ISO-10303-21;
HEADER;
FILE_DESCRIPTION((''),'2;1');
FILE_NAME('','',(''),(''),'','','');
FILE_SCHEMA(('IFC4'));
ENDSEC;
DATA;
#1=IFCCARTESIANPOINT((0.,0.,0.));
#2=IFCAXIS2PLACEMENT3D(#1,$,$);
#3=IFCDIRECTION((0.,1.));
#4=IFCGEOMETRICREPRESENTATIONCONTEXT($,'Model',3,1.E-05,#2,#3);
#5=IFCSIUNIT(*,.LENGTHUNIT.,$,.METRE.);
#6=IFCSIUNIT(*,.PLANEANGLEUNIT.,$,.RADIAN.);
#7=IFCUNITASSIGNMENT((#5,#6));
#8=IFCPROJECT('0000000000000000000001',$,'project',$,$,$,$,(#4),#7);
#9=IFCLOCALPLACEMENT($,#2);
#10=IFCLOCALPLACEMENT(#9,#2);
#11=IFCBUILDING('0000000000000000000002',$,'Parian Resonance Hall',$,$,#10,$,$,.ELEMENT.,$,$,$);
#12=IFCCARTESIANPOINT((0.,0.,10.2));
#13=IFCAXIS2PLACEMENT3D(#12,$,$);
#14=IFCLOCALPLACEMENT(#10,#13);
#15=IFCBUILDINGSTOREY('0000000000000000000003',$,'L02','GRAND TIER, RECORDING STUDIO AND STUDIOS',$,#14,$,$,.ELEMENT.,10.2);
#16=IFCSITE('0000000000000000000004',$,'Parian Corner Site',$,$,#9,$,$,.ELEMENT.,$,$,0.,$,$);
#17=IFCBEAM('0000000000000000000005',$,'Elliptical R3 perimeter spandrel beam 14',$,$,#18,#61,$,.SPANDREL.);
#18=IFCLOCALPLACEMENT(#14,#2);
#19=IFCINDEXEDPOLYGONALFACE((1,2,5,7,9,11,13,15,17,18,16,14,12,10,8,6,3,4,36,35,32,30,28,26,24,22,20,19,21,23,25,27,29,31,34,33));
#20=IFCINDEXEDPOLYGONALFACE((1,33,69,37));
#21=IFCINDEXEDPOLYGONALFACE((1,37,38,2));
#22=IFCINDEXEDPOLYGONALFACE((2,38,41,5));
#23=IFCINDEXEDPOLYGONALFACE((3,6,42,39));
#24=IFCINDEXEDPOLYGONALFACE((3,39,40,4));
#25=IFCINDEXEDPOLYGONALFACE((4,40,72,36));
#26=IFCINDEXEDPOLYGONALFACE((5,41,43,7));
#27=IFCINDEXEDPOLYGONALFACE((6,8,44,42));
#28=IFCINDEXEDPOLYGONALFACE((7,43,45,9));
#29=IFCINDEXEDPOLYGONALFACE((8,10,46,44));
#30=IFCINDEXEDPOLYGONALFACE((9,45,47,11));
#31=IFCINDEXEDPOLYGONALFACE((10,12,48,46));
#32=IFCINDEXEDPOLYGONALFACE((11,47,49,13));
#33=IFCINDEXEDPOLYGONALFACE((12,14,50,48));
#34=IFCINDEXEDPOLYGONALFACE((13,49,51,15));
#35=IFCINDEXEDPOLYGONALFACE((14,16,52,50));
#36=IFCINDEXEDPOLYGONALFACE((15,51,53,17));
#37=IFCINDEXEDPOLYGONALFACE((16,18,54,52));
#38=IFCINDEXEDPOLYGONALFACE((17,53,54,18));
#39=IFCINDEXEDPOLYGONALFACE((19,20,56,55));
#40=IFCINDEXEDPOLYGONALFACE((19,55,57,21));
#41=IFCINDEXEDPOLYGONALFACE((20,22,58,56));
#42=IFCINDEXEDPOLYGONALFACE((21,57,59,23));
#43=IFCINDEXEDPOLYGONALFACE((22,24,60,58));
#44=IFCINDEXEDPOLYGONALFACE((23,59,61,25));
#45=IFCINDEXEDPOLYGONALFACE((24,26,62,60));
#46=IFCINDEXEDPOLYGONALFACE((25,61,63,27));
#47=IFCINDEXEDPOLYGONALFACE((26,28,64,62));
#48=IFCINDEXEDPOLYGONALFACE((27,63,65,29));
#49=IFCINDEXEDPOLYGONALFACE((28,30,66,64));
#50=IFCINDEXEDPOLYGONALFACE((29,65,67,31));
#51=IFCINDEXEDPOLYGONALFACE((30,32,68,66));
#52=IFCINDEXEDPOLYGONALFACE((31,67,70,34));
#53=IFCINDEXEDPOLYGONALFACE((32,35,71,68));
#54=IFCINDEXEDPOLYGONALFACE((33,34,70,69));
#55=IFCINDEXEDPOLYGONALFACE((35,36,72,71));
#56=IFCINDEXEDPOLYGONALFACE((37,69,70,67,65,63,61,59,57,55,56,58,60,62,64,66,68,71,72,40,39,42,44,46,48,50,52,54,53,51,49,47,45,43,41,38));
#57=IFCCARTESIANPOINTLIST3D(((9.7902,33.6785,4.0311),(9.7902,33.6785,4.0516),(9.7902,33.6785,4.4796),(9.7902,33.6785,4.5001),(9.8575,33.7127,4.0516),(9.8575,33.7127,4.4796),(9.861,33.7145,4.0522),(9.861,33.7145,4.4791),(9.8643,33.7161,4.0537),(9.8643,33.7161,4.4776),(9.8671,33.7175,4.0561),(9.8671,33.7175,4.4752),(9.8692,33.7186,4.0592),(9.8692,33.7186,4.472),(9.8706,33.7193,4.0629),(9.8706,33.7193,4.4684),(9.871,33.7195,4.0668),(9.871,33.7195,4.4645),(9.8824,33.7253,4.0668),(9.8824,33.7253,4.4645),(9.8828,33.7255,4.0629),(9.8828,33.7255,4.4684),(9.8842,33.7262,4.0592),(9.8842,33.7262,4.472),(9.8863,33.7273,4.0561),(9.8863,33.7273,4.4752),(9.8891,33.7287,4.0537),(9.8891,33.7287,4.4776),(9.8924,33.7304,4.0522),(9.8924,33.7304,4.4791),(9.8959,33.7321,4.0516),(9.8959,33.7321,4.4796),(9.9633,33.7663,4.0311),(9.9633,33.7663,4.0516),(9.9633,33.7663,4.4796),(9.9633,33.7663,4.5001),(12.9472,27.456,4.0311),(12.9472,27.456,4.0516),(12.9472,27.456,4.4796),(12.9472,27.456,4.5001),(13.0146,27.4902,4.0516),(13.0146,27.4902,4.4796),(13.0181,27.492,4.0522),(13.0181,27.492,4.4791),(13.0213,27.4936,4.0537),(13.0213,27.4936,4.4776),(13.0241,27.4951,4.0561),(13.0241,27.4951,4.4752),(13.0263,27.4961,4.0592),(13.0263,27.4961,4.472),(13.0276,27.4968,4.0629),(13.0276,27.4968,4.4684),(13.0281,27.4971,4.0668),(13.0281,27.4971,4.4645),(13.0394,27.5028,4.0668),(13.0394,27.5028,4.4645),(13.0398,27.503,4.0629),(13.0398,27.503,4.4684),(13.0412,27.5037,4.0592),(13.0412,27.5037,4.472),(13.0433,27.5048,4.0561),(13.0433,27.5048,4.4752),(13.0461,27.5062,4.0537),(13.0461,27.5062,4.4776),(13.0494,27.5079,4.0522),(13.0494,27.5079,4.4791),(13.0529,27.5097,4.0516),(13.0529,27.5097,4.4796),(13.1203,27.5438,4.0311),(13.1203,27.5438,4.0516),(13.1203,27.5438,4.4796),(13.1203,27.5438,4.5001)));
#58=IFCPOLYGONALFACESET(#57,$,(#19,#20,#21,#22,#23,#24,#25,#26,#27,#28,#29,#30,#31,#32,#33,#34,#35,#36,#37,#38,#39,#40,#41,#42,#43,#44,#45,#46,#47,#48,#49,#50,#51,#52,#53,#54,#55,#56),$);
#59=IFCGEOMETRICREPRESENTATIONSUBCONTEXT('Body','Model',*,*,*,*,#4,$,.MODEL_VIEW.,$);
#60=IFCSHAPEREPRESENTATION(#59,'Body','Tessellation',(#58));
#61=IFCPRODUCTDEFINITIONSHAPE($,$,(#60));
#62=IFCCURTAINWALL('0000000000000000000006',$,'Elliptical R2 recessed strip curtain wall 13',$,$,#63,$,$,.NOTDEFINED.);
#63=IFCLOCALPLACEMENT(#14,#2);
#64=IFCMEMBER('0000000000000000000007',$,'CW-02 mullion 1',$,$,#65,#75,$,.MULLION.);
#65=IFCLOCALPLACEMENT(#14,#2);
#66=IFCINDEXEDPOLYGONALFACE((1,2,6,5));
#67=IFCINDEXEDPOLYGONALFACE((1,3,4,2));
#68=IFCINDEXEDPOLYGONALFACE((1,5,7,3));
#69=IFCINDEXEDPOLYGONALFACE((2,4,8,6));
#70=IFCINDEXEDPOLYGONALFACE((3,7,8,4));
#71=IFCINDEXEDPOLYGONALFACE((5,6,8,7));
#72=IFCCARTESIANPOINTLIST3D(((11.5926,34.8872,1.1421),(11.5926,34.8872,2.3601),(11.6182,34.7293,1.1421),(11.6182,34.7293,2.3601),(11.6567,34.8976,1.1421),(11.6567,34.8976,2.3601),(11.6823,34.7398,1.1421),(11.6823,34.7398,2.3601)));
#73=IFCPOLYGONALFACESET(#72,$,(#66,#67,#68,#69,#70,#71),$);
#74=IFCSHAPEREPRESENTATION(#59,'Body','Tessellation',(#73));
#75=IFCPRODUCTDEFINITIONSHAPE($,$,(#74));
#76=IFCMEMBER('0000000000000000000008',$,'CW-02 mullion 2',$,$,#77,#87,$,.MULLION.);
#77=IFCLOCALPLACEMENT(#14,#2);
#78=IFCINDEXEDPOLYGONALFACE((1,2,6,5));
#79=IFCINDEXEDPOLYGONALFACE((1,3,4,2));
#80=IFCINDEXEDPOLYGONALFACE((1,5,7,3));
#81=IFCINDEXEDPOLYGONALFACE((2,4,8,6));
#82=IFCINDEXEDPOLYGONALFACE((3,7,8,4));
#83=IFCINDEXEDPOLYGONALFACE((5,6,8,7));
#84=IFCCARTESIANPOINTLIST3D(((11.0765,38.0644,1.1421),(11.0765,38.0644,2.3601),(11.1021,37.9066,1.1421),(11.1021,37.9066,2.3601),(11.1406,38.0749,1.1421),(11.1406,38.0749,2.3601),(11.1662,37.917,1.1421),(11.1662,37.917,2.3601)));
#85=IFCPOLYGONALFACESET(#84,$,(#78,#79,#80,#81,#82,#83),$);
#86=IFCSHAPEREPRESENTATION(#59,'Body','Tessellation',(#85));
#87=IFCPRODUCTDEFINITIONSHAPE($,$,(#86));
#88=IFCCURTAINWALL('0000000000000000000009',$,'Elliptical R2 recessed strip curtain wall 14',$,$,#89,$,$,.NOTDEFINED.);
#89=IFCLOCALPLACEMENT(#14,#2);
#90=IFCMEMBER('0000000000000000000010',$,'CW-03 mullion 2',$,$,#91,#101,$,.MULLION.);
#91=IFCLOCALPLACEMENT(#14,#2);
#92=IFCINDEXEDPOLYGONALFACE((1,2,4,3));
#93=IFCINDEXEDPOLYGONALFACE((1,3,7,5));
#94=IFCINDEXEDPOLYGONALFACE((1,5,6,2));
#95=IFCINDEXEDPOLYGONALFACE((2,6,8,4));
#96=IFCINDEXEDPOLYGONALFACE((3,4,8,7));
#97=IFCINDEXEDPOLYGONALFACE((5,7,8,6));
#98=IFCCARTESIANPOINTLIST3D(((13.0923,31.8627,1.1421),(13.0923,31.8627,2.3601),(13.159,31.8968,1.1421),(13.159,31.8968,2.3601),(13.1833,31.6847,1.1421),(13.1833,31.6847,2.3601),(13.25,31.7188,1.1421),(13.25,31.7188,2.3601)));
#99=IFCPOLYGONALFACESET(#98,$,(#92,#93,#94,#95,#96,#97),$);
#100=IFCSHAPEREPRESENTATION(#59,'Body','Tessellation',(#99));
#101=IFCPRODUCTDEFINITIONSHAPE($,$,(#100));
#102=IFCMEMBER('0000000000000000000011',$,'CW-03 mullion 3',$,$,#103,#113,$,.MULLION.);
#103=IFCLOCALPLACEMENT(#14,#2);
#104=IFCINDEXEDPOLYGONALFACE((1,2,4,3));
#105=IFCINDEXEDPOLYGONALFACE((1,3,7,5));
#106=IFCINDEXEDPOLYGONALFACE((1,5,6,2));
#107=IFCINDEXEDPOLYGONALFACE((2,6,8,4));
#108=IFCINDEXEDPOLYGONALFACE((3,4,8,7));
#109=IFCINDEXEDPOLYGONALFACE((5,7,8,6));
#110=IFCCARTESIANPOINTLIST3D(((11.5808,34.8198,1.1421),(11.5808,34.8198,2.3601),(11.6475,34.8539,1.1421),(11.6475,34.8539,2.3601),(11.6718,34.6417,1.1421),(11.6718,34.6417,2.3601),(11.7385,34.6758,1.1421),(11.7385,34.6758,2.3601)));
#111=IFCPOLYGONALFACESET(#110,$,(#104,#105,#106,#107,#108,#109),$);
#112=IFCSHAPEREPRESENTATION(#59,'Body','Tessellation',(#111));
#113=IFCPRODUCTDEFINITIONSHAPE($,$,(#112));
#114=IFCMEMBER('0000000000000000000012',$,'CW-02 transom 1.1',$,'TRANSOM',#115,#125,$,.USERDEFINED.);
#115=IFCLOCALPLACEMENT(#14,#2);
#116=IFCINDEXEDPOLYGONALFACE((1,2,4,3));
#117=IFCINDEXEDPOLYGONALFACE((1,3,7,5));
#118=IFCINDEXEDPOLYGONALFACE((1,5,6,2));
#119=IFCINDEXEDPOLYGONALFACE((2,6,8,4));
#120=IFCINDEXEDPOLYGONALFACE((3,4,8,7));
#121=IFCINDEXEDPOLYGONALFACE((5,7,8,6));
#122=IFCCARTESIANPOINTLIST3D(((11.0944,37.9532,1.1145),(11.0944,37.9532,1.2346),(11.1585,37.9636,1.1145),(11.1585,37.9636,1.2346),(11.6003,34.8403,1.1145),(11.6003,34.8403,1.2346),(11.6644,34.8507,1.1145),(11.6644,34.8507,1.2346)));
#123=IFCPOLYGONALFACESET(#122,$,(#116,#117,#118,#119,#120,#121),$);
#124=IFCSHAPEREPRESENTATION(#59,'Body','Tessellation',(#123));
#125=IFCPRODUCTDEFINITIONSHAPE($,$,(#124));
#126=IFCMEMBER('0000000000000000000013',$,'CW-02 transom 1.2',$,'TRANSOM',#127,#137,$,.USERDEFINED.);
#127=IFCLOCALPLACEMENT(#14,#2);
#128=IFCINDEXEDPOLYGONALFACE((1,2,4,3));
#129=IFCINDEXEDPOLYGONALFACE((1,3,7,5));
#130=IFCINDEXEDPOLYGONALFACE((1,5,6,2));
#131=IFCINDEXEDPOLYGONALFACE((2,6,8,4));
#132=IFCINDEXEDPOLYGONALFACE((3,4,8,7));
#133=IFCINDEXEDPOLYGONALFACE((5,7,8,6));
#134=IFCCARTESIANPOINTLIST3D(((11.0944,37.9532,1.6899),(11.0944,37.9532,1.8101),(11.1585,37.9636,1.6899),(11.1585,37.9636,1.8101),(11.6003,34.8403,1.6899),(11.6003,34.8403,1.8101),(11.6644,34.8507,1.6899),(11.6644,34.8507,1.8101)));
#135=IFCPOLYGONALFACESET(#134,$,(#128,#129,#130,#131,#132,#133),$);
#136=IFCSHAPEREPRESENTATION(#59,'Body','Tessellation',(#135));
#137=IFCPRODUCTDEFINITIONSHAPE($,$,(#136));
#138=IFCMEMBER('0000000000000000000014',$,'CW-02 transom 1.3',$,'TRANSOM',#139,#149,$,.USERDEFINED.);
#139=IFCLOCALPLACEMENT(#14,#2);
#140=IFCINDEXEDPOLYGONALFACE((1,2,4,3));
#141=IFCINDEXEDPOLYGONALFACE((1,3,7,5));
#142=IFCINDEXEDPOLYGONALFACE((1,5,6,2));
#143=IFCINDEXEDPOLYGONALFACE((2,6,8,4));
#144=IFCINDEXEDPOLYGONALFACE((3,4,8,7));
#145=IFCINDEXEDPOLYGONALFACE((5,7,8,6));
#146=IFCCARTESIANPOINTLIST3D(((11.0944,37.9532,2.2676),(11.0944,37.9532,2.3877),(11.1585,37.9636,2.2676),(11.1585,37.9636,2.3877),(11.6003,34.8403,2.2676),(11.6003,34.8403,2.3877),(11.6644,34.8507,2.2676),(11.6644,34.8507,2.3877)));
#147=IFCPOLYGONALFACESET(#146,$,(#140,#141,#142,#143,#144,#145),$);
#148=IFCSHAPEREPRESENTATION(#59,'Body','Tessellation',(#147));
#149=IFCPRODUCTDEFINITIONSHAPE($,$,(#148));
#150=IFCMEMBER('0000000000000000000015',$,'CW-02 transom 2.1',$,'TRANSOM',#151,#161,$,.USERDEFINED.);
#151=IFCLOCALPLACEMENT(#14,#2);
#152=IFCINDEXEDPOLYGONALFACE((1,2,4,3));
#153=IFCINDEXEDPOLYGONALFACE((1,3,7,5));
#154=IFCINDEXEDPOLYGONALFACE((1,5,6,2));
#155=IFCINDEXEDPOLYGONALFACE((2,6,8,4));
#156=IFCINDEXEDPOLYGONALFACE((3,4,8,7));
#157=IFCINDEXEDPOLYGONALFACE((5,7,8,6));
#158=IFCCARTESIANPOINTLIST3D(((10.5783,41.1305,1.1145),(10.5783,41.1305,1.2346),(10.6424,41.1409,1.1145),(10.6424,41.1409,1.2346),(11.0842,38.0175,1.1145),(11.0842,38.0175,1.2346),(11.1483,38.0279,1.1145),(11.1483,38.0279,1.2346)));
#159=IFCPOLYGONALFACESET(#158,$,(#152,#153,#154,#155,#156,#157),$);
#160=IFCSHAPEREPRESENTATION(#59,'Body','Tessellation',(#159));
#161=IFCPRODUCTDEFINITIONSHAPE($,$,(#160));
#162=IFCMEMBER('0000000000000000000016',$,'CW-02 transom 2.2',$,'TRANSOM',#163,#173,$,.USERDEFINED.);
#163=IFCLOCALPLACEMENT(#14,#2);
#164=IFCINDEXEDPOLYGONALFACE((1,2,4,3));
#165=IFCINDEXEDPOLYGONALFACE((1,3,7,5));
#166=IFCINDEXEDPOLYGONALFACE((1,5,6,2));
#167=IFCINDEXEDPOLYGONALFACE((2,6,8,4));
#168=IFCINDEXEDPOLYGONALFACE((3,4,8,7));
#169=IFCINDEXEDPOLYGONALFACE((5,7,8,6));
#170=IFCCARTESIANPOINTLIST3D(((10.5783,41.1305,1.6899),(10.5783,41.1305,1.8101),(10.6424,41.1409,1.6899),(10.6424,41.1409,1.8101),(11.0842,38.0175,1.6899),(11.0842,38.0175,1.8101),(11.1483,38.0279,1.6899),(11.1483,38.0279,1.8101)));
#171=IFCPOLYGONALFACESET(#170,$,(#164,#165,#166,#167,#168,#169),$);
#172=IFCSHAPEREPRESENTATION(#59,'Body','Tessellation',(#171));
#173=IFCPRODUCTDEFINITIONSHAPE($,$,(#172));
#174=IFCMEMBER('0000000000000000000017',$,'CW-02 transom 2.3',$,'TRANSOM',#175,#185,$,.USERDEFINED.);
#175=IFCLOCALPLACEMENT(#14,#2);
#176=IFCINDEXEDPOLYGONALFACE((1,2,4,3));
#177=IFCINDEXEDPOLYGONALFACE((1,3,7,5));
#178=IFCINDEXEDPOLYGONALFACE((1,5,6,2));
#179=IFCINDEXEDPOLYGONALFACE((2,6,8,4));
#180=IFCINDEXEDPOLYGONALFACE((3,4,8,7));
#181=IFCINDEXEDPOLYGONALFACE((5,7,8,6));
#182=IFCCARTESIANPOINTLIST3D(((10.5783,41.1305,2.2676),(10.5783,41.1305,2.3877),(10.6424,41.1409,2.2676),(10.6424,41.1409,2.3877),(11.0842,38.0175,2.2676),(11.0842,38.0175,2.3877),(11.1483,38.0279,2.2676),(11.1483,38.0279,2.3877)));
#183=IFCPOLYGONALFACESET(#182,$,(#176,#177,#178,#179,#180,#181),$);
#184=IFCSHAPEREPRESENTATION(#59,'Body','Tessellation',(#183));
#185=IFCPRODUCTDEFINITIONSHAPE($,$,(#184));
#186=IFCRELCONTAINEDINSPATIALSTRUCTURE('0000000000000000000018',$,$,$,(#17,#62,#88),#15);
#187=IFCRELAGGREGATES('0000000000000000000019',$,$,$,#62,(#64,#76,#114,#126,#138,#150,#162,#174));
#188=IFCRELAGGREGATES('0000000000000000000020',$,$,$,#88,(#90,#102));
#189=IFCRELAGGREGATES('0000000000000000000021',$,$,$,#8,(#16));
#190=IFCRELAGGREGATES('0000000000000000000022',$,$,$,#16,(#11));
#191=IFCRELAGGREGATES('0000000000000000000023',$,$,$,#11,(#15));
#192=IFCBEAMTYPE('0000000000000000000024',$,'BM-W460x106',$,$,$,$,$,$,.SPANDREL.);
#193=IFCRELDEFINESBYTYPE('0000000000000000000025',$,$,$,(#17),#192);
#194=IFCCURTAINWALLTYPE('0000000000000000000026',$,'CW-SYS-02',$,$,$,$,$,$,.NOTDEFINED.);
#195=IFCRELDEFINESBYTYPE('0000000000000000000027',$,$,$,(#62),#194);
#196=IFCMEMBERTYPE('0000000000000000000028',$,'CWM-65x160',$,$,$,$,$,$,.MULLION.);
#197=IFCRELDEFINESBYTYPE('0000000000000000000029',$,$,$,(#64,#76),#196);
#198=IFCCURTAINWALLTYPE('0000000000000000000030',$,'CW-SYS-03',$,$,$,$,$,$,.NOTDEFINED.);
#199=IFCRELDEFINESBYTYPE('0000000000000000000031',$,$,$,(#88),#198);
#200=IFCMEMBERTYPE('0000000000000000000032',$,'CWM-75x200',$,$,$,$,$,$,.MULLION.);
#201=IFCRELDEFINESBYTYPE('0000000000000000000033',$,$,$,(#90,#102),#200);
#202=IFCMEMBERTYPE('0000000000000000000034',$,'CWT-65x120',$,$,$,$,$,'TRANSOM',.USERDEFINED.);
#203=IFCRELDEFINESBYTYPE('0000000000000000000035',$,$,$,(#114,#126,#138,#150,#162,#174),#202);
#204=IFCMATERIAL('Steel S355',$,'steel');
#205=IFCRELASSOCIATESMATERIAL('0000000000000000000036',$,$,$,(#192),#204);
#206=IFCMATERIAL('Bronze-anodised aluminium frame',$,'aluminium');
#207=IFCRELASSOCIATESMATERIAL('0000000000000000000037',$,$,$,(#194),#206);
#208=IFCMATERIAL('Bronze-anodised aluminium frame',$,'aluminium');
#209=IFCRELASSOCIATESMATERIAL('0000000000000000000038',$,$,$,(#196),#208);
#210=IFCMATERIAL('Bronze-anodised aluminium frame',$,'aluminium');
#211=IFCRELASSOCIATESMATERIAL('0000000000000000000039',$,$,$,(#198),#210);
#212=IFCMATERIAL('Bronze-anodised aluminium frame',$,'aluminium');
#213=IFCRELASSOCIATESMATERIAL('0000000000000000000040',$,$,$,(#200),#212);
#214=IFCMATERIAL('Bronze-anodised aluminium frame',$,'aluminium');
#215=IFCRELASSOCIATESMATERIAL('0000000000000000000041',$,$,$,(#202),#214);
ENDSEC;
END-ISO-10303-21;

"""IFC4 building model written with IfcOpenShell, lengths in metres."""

from ifc_helpers import new_model, si_unit, direction, frame, origin, origin_2d, place, context, subcontext, project, spatial, rectangle, i_section, extrude, material, material_profile, profile_set, type_object, element, aggregate, save


model = new_model("IFC4")

# Units and contexts
model_context = context("Model", 3, precision=1e-05, world=origin(), true_north=direction((0.0, 1.0)))
body_context = subcontext(model_context, "Body", "Model", "MODEL_VIEW")
ifc_project = project(units=[si_unit("LENGTHUNIT", "METRE"), si_unit("PLANEANGLEUNIT", "RADIAN")], contexts=[model_context])

# Site, building, storey
site_placement = place(None, origin())
site = spatial("IfcSite", under=ifc_project, at=site_placement, Name="Parian Corner Site", CompositionType="ELEMENT", RefElevation=0.0)
building_placement = place(site_placement, origin())
building = spatial("IfcBuilding", under=site, at=building_placement, Name="Parian Resonance Hall", CompositionType="ELEMENT")
storey_placement = place(building_placement, frame((0.0, 0.0, 10.2)))
storey = spatial("IfcBuildingStorey", under=building, at=storey_placement, Name="L02", Description="GRAND TIER, RECORDING STUDIO AND STUDIOS", CompositionType="ELEMENT", Elevation=10.2)

# Beam
ifc_material_1 = material(Name="Steel S355", Category="steel")
ifc_material_profile_1 = material_profile(ifc_material_1, i_section(OverallWidth=0.1941, OverallDepth=0.469, WebThickness=0.0127, FlangeThickness=0.0205, FilletRadius=0.0151, at=origin_2d()), Name="W460x106")
ifc_profile_set_1 = profile_set([ifc_material_profile_1], Name="Steel S355")
beam_type = type_object("IfcBeamType", Name="BM-W460x106", PredefinedType="SPANDREL", material=ifc_profile_set_1)
beam_placement = place(storey_placement, frame((9.8767, 33.7224, 4.2656), z_axis=(0.452454, -0.891788, 0.0), x_axis=(0.891788, 0.452454, 0.0)))
element("IfcBeam", 1, at=beam_placement, inside=storey, type_object=beam_type, Name="Elliptical R3 perimeter spandrel beam 14", PredefinedType="SPANDREL", context=body_context, shape_type="SweptSolid", body=[
    extrude(i_section(OverallWidth=0.1941, OverallDepth=0.469, WebThickness=0.0127, FlangeThickness=0.0205, FilletRadius=0.0151, at=origin_2d()), origin(), (0.0, 0.0, 1.0), 6.9775),
])

# Curtain walls, members
ifc_material_2 = material(Name="Bronze-anodised aluminium frame", Category="aluminium")
curtain_wall_type_1 = type_object("IfcCurtainWallType", Name="CW-SYS-02", PredefinedType="NOTDEFINED", material=ifc_material_2)
curtain_wall_1_placement = place(storey_placement, origin())
curtain_wall_1 = element("IfcCurtainWall", 2, at=curtain_wall_1_placement, inside=storey, type_object=curtain_wall_type_1, Name="Elliptical R2 recessed strip curtain wall 13", PredefinedType="NOTDEFINED")
ifc_material_3 = material(Name="Bronze-anodised aluminium frame", Category="aluminium")
ifc_material_profile_2 = material_profile(ifc_material_3, rectangle(XDim=0.0649, YDim=0.1599, at=origin_2d()), Name="CWM-65x160")
ifc_profile_set_2 = profile_set([ifc_material_profile_2], Name="Bronze-anodised aluminium frame")
member_type_1 = type_object("IfcMemberType", Name="CWM-65x160", PredefinedType="MULLION", material=ifc_profile_set_2)
member_1_placement = place(storey_placement, frame((11.6375, 34.8135, 1.1421), z_axis=(0.0, 0.0, 1.0), x_axis=(-0.987061, -0.160345, 0.0)))
member_1 = element("IfcMember", 3, at=member_1_placement, type_object=member_type_1, Name="CW-02 mullion 1", PredefinedType="MULLION", context=body_context, shape_type="SweptSolid", body=[
    extrude(rectangle(XDim=0.0649, YDim=0.1599, at=origin_2d()), origin(), (0.0, 0.0, 1.0), 1.218),
])
member_2_placement = place(storey_placement, frame((11.1213, 37.9907, 1.1421), z_axis=(0.0, 0.0, 1.0), x_axis=(-0.987061, -0.160345, 0.0)))
member_2 = element("IfcMember", 4, at=member_2_placement, type_object=member_type_1, Name="CW-02 mullion 2", PredefinedType="MULLION", context=body_context, shape_type="SweptSolid", body=[
    extrude(rectangle(XDim=0.0649, YDim=0.1599, at=origin_2d()), origin(), (0.0, 0.0, 1.0), 1.218),
])
ifc_material_4 = material(Name="Bronze-anodised aluminium frame", Category="aluminium")
curtain_wall_type_2 = type_object("IfcCurtainWallType", Name="CW-SYS-03", PredefinedType="NOTDEFINED", material=ifc_material_4)
curtain_wall_2_placement = place(storey_placement, origin())
curtain_wall_2 = element("IfcCurtainWall", 5, at=curtain_wall_2_placement, inside=storey, type_object=curtain_wall_type_2, Name="Elliptical R2 recessed strip curtain wall 14", PredefinedType="NOTDEFINED")
ifc_material_5 = material(Name="Bronze-anodised aluminium frame", Category="aluminium")
ifc_material_profile_3 = material_profile(ifc_material_5, rectangle(XDim=0.075, YDim=0.2, at=origin_2d()), Name="CWM-75x200")
ifc_profile_set_3 = profile_set([ifc_material_profile_3], Name="Bronze-anodised aluminium frame")
member_type_2 = type_object("IfcMemberType", Name="CWM-75x200", PredefinedType="MULLION", material=ifc_profile_set_3)
member_3_placement = place(storey_placement, frame((13.1711, 31.7908, 1.1421), z_axis=(0.0, 0.0, 1.0), x_axis=(-0.890447, -0.455086, 0.0)))
member_3 = element("IfcMember", 6, at=member_3_placement, type_object=member_type_2, Name="CW-03 mullion 2", PredefinedType="MULLION", context=body_context, shape_type="SweptSolid", body=[
    extrude(rectangle(XDim=0.075, YDim=0.2, at=origin_2d()), origin(), (0.0, 0.0, 1.0), 1.218),
])
member_4_placement = place(storey_placement, frame((11.6597, 34.7478, 1.1421), z_axis=(0.0, 0.0, 1.0), x_axis=(-0.890447, -0.455086, 0.0)))
member_4 = element("IfcMember", 7, at=member_4_placement, type_object=member_type_2, Name="CW-03 mullion 3", PredefinedType="MULLION", context=body_context, shape_type="SweptSolid", body=[
    extrude(rectangle(XDim=0.075, YDim=0.2, at=origin_2d()), origin(), (0.0, 0.0, 1.0), 1.218),
])

# Members
ifc_material_6 = material(Name="Bronze-anodised aluminium frame", Category="aluminium")
ifc_material_profile_4 = material_profile(ifc_material_6, rectangle(XDim=0.0649, YDim=0.1201, at=origin_2d()), Name="CWT-65x120")
ifc_profile_set_4 = profile_set([ifc_material_profile_4], Name="Bronze-anodised aluminium frame")
member_type_3 = type_object("IfcMemberType", Name="CWT-65x120", ElementType="TRANSOM", PredefinedType="USERDEFINED", material=ifc_profile_set_4)
member_5_placement = place(storey_placement, frame((11.6323, 34.8455, 1.1746), z_axis=(-0.160393, 0.987053, 0.0), x_axis=(-0.987053, -0.160393, 0.0)))
member_5 = element("IfcMember", 8, at=member_5_placement, type_object=member_type_3, Name="CW-02 transom 1.1", ObjectType="TRANSOM", PredefinedType="USERDEFINED", context=body_context, shape_type="SweptSolid", body=[
    extrude(rectangle(XDim=0.0649, YDim=0.1201, at=origin_2d()), origin(), (0.0, 0.0, 1.0), 3.1538),
])
member_6_placement = place(storey_placement, frame((11.6323, 34.8455, 1.75), z_axis=(-0.160393, 0.987053, 0.0), x_axis=(-0.987053, -0.160393, 0.0)))
member_6 = element("IfcMember", 9, at=member_6_placement, type_object=member_type_3, Name="CW-02 transom 1.2", ObjectType="TRANSOM", PredefinedType="USERDEFINED", context=body_context, shape_type="SweptSolid", body=[
    extrude(rectangle(XDim=0.0649, YDim=0.1201, at=origin_2d()), origin(), (0.0, 0.0, 1.0), 3.1538),
])
member_7_placement = place(storey_placement, frame((11.6323, 34.8455, 2.3276), z_axis=(-0.160393, 0.987053, 0.0), x_axis=(-0.987053, -0.160393, 0.0)))
member_7 = element("IfcMember", 10, at=member_7_placement, type_object=member_type_3, Name="CW-02 transom 1.3", ObjectType="TRANSOM", PredefinedType="USERDEFINED", context=body_context, shape_type="SweptSolid", body=[
    extrude(rectangle(XDim=0.0649, YDim=0.1201, at=origin_2d()), origin(), (0.0, 0.0, 1.0), 3.1538),
])
member_8_placement = place(storey_placement, frame((11.1162, 38.0227, 1.1746), z_axis=(-0.160393, 0.987053, 0.0), x_axis=(-0.987053, -0.160393, 0.0)))
member_8 = element("IfcMember", 11, at=member_8_placement, type_object=member_type_3, Name="CW-02 transom 2.1", ObjectType="TRANSOM", PredefinedType="USERDEFINED", context=body_context, shape_type="SweptSolid", body=[
    extrude(rectangle(XDim=0.0649, YDim=0.1201, at=origin_2d()), origin(), (0.0, 0.0, 1.0), 3.1538),
])
member_9_placement = place(storey_placement, frame((11.1162, 38.0227, 1.75), z_axis=(-0.160393, 0.987053, 0.0), x_axis=(-0.987053, -0.160393, 0.0)))
member_9 = element("IfcMember", 12, at=member_9_placement, type_object=member_type_3, Name="CW-02 transom 2.2", ObjectType="TRANSOM", PredefinedType="USERDEFINED", context=body_context, shape_type="SweptSolid", body=[
    extrude(rectangle(XDim=0.0649, YDim=0.1201, at=origin_2d()), origin(), (0.0, 0.0, 1.0), 3.1538),
])
member_10_placement = place(storey_placement, frame((11.1162, 38.0227, 2.3276), z_axis=(-0.160393, 0.987053, 0.0), x_axis=(-0.987053, -0.160393, 0.0)))
member_10 = element("IfcMember", 13, at=member_10_placement, type_object=member_type_3, Name="CW-02 transom 2.3", ObjectType="TRANSOM", PredefinedType="USERDEFINED", context=body_context, shape_type="SweptSolid", body=[
    extrude(rectangle(XDim=0.0649, YDim=0.1201, at=origin_2d()), origin(), (0.0, 0.0, 1.0), 3.1538),
])

aggregate(curtain_wall_1, [member_1, member_2, member_5, member_6, member_7, member_8, member_9, member_10])
aggregate(curtain_wall_2, [member_3, member_4])

save(model, "model.ifc")
